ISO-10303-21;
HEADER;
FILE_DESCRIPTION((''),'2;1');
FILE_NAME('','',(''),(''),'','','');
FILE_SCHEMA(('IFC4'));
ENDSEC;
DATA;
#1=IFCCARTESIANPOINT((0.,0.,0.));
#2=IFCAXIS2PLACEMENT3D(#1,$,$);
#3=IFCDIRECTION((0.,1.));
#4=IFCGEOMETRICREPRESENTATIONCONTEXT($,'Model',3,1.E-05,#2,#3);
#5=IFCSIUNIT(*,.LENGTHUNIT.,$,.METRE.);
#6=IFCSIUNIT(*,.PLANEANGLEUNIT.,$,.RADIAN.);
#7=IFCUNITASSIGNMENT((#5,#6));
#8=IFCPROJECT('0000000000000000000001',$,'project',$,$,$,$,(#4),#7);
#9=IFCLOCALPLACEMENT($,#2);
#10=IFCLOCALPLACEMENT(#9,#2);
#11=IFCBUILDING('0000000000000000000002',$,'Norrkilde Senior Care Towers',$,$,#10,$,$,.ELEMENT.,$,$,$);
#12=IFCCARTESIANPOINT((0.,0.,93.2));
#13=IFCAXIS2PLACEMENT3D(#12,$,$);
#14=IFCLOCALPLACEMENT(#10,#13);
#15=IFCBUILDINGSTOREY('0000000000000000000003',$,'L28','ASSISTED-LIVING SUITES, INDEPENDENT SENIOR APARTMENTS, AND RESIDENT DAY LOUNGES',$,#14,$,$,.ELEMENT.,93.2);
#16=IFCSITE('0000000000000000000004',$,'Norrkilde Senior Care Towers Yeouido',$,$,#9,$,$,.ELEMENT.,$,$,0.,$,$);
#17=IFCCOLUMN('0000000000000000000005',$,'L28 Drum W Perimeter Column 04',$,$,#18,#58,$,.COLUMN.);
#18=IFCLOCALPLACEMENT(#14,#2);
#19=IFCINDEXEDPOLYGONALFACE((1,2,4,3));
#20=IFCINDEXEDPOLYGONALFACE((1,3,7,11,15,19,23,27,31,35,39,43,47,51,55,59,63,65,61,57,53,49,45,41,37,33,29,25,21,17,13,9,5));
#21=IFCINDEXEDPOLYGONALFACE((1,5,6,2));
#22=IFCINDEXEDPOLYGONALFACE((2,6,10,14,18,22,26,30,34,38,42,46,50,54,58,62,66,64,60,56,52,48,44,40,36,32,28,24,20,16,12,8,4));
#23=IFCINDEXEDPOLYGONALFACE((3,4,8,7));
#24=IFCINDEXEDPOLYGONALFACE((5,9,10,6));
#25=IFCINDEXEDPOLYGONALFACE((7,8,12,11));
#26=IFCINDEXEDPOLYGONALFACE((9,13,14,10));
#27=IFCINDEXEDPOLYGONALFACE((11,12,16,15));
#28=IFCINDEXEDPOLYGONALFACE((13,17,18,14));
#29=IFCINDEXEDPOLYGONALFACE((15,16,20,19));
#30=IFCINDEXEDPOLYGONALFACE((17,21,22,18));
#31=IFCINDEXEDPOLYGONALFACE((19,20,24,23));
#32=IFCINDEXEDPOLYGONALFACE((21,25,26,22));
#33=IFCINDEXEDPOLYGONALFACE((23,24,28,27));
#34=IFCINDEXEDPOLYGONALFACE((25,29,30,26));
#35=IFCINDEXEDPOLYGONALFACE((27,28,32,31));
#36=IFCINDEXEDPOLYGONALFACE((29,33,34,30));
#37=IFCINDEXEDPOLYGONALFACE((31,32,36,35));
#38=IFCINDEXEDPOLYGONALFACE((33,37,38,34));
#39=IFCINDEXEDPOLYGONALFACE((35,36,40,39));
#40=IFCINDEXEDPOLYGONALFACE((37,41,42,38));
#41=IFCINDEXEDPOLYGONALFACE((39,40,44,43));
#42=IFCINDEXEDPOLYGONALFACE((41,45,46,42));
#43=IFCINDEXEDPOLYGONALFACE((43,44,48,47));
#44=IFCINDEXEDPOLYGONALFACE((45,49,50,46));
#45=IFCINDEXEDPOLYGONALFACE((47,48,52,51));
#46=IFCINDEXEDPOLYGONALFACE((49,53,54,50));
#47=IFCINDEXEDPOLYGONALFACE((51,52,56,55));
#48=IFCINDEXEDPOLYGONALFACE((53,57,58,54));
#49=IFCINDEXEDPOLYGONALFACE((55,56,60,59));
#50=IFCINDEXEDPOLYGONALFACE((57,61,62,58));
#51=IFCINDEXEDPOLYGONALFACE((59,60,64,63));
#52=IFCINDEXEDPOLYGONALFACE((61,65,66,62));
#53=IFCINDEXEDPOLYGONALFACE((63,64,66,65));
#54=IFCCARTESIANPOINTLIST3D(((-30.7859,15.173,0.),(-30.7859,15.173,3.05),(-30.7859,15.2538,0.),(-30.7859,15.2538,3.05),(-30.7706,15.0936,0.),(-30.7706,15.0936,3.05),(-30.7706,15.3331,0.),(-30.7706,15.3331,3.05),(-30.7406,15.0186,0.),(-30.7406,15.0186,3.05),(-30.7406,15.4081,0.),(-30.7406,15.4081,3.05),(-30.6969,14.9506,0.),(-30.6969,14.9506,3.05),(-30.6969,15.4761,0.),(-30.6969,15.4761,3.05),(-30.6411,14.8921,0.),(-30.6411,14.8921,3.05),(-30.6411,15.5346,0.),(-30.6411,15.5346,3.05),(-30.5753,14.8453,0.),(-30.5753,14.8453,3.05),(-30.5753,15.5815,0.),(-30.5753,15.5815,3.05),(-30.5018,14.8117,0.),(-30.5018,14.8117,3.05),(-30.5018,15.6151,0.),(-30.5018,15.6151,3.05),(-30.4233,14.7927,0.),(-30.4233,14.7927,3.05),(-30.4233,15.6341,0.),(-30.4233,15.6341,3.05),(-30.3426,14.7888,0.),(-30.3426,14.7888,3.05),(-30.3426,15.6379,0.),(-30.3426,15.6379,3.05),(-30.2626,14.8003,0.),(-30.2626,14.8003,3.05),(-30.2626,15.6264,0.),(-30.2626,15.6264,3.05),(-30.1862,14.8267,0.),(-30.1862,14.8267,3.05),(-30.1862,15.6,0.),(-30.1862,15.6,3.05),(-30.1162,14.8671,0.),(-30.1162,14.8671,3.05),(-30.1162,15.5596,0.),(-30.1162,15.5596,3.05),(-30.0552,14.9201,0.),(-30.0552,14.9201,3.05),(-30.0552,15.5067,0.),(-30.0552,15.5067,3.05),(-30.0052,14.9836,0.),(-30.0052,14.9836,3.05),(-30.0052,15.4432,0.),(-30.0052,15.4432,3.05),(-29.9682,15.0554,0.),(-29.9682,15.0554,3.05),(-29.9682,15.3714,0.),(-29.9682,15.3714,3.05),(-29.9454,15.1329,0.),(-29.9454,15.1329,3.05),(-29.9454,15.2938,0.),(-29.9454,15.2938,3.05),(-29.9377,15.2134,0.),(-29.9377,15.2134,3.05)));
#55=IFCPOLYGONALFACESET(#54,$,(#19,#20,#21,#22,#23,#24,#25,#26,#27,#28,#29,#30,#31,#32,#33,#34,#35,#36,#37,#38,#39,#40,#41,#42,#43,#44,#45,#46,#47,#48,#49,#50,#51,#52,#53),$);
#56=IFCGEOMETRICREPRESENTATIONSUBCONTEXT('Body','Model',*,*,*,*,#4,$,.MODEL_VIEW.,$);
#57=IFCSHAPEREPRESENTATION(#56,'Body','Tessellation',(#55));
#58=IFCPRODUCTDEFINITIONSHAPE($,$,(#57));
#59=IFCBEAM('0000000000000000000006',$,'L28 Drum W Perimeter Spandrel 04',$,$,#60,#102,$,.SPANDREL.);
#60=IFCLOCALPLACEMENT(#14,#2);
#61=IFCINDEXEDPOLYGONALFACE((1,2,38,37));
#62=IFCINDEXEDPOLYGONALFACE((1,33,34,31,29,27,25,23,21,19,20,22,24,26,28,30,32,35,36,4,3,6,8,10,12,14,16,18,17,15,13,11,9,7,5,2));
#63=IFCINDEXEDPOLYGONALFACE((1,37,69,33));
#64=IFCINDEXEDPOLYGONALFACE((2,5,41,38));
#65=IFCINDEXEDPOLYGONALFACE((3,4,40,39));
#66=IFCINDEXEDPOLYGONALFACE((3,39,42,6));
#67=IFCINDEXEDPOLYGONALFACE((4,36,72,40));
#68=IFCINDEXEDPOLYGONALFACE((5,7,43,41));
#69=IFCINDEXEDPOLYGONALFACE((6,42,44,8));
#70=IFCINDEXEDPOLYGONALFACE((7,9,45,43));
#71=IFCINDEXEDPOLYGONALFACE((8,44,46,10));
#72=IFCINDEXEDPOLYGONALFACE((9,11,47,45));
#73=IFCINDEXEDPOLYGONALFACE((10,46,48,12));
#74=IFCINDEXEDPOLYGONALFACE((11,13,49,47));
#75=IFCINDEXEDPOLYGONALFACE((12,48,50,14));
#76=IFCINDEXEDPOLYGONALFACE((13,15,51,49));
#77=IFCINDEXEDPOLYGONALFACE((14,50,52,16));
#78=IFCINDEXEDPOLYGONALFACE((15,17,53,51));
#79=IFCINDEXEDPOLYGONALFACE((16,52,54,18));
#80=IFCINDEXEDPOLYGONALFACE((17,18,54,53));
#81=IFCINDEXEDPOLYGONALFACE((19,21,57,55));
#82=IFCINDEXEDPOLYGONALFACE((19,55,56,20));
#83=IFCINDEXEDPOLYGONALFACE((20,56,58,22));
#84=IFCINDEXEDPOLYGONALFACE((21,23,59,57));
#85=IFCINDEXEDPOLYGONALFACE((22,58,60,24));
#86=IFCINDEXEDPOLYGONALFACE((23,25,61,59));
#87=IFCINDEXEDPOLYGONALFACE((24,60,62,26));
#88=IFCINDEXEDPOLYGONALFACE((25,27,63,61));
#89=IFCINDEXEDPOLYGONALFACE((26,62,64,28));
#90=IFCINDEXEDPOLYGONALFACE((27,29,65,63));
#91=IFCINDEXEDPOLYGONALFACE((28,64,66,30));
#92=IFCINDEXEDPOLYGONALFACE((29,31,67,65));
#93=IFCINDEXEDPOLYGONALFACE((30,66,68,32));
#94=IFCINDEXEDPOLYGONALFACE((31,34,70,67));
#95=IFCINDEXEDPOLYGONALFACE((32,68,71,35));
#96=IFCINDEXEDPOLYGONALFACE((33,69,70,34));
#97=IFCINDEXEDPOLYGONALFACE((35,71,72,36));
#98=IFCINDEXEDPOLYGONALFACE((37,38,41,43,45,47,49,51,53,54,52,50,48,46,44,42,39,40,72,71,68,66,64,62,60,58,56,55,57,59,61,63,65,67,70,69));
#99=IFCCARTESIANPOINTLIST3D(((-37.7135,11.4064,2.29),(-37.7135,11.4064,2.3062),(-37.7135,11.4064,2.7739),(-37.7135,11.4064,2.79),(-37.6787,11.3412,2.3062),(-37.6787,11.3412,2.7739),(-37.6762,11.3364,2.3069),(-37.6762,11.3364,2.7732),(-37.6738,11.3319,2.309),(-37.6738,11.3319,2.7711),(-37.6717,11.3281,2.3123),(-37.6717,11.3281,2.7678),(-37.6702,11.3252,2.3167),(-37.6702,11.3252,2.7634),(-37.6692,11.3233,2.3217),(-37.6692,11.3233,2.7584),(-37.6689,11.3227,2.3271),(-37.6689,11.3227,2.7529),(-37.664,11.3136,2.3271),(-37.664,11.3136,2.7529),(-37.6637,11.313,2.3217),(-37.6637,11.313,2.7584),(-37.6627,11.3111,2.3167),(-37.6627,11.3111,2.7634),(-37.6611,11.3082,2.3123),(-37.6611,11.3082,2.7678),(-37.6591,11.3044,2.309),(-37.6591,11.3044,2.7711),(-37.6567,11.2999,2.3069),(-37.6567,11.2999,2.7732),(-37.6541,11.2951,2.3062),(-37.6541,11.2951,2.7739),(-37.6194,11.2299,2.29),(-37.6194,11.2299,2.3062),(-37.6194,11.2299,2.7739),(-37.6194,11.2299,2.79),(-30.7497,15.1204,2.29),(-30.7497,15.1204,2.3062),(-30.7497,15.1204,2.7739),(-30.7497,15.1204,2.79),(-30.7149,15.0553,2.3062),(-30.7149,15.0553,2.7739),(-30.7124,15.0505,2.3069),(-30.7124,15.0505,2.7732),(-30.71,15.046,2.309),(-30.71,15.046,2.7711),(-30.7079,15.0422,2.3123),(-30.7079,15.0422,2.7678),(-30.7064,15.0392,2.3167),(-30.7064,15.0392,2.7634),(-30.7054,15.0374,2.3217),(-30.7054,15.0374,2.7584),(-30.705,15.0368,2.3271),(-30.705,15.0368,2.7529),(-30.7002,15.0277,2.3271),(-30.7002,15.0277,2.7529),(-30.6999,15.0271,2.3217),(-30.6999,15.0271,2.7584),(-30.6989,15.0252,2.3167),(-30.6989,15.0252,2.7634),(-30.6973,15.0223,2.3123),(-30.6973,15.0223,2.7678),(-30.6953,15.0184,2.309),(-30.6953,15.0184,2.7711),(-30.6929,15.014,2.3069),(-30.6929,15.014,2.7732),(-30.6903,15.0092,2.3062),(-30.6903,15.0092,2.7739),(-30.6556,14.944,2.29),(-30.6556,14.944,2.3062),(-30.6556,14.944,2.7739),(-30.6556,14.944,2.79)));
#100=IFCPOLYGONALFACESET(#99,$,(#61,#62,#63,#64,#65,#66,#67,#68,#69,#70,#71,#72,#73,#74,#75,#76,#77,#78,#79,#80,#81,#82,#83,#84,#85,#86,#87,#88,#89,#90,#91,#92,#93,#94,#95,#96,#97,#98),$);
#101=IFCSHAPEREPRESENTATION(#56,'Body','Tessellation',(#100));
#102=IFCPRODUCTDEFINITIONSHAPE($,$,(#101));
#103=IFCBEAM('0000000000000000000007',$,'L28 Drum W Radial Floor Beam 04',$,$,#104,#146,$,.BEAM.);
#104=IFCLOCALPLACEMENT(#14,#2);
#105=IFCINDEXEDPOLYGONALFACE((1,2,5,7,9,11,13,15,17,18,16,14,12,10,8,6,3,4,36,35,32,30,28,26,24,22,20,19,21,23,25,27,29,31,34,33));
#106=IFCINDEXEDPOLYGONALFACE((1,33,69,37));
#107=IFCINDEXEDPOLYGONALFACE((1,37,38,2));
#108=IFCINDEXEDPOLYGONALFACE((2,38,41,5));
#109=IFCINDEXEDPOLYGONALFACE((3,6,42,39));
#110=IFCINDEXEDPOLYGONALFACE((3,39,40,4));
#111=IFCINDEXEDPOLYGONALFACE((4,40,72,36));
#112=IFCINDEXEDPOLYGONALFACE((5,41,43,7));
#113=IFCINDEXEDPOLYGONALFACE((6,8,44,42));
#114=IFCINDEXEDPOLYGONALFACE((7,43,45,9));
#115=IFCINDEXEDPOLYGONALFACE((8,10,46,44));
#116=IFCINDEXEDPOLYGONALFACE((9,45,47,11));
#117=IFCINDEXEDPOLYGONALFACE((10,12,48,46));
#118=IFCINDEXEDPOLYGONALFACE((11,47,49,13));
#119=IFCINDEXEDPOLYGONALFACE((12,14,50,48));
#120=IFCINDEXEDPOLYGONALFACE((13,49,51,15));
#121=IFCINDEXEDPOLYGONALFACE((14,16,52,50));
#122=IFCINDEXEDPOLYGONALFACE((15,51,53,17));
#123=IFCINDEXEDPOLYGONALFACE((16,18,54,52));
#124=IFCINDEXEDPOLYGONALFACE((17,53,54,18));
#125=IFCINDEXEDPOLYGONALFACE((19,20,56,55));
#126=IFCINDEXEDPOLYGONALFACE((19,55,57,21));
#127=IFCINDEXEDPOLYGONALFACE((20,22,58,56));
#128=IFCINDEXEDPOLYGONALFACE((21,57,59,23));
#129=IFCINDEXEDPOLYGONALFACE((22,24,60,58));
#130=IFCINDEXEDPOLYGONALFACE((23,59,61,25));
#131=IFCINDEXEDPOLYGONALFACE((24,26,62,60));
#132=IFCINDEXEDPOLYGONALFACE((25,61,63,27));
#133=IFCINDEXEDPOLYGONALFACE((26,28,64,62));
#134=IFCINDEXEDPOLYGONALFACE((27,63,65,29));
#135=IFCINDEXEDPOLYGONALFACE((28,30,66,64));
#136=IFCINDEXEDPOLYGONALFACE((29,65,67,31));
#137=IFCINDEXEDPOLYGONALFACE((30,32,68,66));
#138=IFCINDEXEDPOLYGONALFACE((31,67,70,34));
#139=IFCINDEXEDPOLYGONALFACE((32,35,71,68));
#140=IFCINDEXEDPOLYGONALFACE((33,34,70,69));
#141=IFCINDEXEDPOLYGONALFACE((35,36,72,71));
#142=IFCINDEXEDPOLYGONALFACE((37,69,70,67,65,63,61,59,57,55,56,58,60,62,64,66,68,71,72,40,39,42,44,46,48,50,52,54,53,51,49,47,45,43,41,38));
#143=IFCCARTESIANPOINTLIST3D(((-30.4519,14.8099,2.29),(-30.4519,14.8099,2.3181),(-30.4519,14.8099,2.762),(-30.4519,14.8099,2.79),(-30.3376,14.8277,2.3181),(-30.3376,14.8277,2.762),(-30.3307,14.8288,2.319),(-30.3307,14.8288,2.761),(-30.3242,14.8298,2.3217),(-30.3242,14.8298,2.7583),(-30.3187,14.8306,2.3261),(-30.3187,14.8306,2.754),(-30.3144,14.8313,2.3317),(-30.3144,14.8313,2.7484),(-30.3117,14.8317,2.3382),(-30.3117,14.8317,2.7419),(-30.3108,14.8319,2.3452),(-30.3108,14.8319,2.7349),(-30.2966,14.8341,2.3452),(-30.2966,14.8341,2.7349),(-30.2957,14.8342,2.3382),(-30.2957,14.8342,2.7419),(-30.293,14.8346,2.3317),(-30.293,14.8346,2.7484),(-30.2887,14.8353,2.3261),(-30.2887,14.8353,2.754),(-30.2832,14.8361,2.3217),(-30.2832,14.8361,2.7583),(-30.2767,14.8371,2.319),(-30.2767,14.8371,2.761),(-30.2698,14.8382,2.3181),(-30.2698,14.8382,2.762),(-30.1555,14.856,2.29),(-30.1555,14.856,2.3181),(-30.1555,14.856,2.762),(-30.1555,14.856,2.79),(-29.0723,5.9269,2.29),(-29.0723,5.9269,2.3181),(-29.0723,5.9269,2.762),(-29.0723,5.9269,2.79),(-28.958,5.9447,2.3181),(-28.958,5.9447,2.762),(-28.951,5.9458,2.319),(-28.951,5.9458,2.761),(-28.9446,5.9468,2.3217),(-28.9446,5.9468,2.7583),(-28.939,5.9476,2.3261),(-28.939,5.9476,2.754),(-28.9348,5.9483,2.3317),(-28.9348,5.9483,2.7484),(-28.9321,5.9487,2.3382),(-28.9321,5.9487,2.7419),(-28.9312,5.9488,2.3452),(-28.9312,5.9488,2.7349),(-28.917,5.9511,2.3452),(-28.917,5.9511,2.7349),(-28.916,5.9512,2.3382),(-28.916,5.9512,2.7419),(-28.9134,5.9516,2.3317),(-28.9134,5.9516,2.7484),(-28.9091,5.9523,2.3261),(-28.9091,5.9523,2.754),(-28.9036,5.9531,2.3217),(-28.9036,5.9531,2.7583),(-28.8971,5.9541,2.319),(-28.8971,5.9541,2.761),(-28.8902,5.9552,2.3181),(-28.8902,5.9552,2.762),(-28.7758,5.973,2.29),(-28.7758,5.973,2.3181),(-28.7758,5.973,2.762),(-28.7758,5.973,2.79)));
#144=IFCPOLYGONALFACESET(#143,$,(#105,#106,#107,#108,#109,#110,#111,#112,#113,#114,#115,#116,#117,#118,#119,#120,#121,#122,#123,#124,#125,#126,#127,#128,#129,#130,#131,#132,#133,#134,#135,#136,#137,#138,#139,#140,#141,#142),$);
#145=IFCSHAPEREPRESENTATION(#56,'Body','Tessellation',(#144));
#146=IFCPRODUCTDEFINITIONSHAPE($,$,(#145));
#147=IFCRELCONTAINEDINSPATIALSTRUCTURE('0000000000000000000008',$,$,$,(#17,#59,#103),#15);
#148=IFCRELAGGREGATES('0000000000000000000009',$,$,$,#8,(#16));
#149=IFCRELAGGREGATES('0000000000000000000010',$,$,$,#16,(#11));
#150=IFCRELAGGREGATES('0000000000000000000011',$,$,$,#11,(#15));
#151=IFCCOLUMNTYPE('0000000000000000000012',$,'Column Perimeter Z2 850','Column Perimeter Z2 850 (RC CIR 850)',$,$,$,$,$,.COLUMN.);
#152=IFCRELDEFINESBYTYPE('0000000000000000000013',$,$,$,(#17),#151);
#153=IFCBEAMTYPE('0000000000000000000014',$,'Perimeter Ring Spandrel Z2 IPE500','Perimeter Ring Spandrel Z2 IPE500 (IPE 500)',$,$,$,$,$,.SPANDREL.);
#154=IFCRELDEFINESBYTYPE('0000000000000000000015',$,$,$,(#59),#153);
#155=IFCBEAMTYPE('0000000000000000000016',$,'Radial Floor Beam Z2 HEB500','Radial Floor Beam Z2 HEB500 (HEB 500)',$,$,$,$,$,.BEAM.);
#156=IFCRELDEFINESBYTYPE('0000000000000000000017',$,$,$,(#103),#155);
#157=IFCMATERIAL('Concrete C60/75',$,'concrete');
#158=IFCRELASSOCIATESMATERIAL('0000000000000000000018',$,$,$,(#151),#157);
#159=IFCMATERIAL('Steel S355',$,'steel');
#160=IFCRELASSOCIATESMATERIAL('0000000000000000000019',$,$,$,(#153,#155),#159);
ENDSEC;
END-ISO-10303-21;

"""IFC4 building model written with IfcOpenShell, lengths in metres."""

from ifc_helpers import new_model, si_unit, direction, frame, origin, origin_2d, place, context, subcontext, project, spatial, circle, i_section, extrude, source, transform, mapped, material, material_profile, profile_set, type_object, type_shapes, element, save


model = new_model("IFC4")

# Units and contexts
model_context = context("Model", 3, precision=1e-05, world=origin(), true_north=direction((0.0, 1.0)))
body_context = subcontext(model_context, "Body", "Model", "MODEL_VIEW")
ifc_project = project(units=[si_unit("LENGTHUNIT", "METRE"), si_unit("PLANEANGLEUNIT", "RADIAN")], contexts=[model_context])

# Site, building, storey
site_placement = place(None, origin())
site = spatial("IfcSite", under=ifc_project, at=site_placement, Name="Norrkilde Senior Care Towers Yeouido", CompositionType="ELEMENT", RefElevation=0.0)
building_placement = place(site_placement, origin())
building = spatial("IfcBuilding", under=site, at=building_placement, Name="Norrkilde Senior Care Towers", CompositionType="ELEMENT")
storey_placement = place(building_placement, frame((0.0, 0.0, 93.2)))
storey = spatial("IfcBuildingStorey", under=building, at=storey_placement, Name="L28", Description="ASSISTED-LIVING SUITES, INDEPENDENT SENIOR APARTMENTS, AND RESIDENT DAY LOUNGES", CompositionType="ELEMENT", Elevation=93.2)

# Column
ifc_material_1 = material(Name="Concrete C60/75", Category="concrete")
ifc_material_profile_1 = material_profile(ifc_material_1, circle(Radius=0.425, at=origin_2d()), Name="RC CIR 850")
ifc_profile_set_1 = profile_set([ifc_material_profile_1], Name="Concrete C60/75")
column_type = type_object("IfcColumnType", Name="Column Perimeter Z2 850", Description="Column Perimeter Z2 850 (RC CIR 850)", PredefinedType="COLUMN", material=ifc_profile_set_1)
shared_shape_1 = source(origin(), body_context, "Body", "SweptSolid", [
    extrude(circle(Radius=0.425, at=origin_2d()), origin(), (0.0, 0.0, 1.0), 3.05),
])
type_shapes(column_type, [shared_shape_1])
column_placement = place(storey_placement, frame((-30.3628, 15.2134, 0.0), z_axis=(0.0, 0.0, 1.0), x_axis=(1.0, 0.0, 0.0)))
element("IfcColumn", 1, at=column_placement, inside=storey, type_object=column_type, Name="L28 Drum W Perimeter Column 04", PredefinedType="COLUMN", context=body_context, shape_type="MappedRepresentation", body=[
    mapped(shared_shape_1, transform((0.0, 0.0, 0.0), x_axis=(1.0, 0.0, 0.0), y_axis=(0.0, 1.0, 0.0), z_axis=(0.0, 0.0, 1.0), scale=1.0)),
])

# Beams
ifc_material_2 = material(Name="Steel S355", Category="steel")
ifc_material_profile_2 = material_profile(ifc_material_2, i_section(OverallWidth=0.2, OverallDepth=0.5, WebThickness=0.0103, FlangeThickness=0.0161, FilletRadius=0.021, at=origin_2d()), Name="IPE 500")
ifc_profile_set_2 = profile_set([ifc_material_profile_2], Name="Steel S355")
beam_type_1 = type_object("IfcBeamType", Name="Perimeter Ring Spandrel Z2 IPE500", Description="Perimeter Ring Spandrel Z2 IPE500 (IPE 500)", PredefinedType="SPANDREL", material=ifc_profile_set_2)
shared_shape_2 = source(origin(), body_context, "Body", "SweptSolid", [
    extrude(i_section(OverallWidth=0.2, OverallDepth=0.5, WebThickness=0.0103, FlangeThickness=0.0161, FilletRadius=0.021, at=origin_2d()), origin(), (0.0, 0.0, 1.0), 7.8923),
])
type_shapes(beam_type_1, [shared_shape_2])
beam_1_placement = place(storey_placement, frame((-30.7026, 15.0322, 2.54), z_axis=(-0.88235, -0.470593, 0.0), x_axis=(0.470593, -0.88235, 0.0)))
element("IfcBeam", 2, at=beam_1_placement, inside=storey, type_object=beam_type_1, Name="L28 Drum W Perimeter Spandrel 04", PredefinedType="SPANDREL", context=body_context, shape_type="MappedRepresentation", body=[
    mapped(shared_shape_2, transform((0.0, 0.0, 0.0), x_axis=(1.0, 0.0, 0.0), y_axis=(0.0, 1.0, 0.0), z_axis=(0.0, 0.0, 1.0), scale=1.0)),
])
ifc_material_profile_3 = material_profile(ifc_material_2, i_section(OverallWidth=0.3, OverallDepth=0.5, WebThickness=0.0144, FlangeThickness=0.0281, FilletRadius=0.0271, at=origin_2d()), Name="HEB 500")
ifc_profile_set_3 = profile_set([ifc_material_profile_3], Name="Steel S355")
beam_type_2 = type_object("IfcBeamType", Name="Radial Floor Beam Z2 HEB500", Description="Radial Floor Beam Z2 HEB500 (HEB 500)", PredefinedType="BEAM", material=ifc_profile_set_3)
shared_shape_3 = source(origin(), body_context, "Body", "SweptSolid", [
    extrude(i_section(OverallWidth=0.3, OverallDepth=0.5, WebThickness=0.0144, FlangeThickness=0.0281, FilletRadius=0.0271, at=origin_2d()), origin(), (0.0, 0.0, 1.0), 8.9895),
])
beam_2_placement = place(storey_placement, frame((-28.9241, 5.95, 2.54), z_axis=(-0.153471, 0.988153, 0.0), x_axis=(-0.988153, -0.153471, 0.0)))
element("IfcBeam", 3, at=beam_2_placement, inside=storey, type_object=beam_type_2, Name="L28 Drum W Radial Floor Beam 04", PredefinedType="BEAM", context=body_context, shape_type="MappedRepresentation", body=[
    mapped(shared_shape_3, transform((0.0, 0.0, 0.0), x_axis=(1.0, 0.0, 0.0), y_axis=(0.0, 1.0, 0.0), z_axis=(0.0, 0.0, 1.0), scale=1.0)),
])

save(model, "model.ifc")
